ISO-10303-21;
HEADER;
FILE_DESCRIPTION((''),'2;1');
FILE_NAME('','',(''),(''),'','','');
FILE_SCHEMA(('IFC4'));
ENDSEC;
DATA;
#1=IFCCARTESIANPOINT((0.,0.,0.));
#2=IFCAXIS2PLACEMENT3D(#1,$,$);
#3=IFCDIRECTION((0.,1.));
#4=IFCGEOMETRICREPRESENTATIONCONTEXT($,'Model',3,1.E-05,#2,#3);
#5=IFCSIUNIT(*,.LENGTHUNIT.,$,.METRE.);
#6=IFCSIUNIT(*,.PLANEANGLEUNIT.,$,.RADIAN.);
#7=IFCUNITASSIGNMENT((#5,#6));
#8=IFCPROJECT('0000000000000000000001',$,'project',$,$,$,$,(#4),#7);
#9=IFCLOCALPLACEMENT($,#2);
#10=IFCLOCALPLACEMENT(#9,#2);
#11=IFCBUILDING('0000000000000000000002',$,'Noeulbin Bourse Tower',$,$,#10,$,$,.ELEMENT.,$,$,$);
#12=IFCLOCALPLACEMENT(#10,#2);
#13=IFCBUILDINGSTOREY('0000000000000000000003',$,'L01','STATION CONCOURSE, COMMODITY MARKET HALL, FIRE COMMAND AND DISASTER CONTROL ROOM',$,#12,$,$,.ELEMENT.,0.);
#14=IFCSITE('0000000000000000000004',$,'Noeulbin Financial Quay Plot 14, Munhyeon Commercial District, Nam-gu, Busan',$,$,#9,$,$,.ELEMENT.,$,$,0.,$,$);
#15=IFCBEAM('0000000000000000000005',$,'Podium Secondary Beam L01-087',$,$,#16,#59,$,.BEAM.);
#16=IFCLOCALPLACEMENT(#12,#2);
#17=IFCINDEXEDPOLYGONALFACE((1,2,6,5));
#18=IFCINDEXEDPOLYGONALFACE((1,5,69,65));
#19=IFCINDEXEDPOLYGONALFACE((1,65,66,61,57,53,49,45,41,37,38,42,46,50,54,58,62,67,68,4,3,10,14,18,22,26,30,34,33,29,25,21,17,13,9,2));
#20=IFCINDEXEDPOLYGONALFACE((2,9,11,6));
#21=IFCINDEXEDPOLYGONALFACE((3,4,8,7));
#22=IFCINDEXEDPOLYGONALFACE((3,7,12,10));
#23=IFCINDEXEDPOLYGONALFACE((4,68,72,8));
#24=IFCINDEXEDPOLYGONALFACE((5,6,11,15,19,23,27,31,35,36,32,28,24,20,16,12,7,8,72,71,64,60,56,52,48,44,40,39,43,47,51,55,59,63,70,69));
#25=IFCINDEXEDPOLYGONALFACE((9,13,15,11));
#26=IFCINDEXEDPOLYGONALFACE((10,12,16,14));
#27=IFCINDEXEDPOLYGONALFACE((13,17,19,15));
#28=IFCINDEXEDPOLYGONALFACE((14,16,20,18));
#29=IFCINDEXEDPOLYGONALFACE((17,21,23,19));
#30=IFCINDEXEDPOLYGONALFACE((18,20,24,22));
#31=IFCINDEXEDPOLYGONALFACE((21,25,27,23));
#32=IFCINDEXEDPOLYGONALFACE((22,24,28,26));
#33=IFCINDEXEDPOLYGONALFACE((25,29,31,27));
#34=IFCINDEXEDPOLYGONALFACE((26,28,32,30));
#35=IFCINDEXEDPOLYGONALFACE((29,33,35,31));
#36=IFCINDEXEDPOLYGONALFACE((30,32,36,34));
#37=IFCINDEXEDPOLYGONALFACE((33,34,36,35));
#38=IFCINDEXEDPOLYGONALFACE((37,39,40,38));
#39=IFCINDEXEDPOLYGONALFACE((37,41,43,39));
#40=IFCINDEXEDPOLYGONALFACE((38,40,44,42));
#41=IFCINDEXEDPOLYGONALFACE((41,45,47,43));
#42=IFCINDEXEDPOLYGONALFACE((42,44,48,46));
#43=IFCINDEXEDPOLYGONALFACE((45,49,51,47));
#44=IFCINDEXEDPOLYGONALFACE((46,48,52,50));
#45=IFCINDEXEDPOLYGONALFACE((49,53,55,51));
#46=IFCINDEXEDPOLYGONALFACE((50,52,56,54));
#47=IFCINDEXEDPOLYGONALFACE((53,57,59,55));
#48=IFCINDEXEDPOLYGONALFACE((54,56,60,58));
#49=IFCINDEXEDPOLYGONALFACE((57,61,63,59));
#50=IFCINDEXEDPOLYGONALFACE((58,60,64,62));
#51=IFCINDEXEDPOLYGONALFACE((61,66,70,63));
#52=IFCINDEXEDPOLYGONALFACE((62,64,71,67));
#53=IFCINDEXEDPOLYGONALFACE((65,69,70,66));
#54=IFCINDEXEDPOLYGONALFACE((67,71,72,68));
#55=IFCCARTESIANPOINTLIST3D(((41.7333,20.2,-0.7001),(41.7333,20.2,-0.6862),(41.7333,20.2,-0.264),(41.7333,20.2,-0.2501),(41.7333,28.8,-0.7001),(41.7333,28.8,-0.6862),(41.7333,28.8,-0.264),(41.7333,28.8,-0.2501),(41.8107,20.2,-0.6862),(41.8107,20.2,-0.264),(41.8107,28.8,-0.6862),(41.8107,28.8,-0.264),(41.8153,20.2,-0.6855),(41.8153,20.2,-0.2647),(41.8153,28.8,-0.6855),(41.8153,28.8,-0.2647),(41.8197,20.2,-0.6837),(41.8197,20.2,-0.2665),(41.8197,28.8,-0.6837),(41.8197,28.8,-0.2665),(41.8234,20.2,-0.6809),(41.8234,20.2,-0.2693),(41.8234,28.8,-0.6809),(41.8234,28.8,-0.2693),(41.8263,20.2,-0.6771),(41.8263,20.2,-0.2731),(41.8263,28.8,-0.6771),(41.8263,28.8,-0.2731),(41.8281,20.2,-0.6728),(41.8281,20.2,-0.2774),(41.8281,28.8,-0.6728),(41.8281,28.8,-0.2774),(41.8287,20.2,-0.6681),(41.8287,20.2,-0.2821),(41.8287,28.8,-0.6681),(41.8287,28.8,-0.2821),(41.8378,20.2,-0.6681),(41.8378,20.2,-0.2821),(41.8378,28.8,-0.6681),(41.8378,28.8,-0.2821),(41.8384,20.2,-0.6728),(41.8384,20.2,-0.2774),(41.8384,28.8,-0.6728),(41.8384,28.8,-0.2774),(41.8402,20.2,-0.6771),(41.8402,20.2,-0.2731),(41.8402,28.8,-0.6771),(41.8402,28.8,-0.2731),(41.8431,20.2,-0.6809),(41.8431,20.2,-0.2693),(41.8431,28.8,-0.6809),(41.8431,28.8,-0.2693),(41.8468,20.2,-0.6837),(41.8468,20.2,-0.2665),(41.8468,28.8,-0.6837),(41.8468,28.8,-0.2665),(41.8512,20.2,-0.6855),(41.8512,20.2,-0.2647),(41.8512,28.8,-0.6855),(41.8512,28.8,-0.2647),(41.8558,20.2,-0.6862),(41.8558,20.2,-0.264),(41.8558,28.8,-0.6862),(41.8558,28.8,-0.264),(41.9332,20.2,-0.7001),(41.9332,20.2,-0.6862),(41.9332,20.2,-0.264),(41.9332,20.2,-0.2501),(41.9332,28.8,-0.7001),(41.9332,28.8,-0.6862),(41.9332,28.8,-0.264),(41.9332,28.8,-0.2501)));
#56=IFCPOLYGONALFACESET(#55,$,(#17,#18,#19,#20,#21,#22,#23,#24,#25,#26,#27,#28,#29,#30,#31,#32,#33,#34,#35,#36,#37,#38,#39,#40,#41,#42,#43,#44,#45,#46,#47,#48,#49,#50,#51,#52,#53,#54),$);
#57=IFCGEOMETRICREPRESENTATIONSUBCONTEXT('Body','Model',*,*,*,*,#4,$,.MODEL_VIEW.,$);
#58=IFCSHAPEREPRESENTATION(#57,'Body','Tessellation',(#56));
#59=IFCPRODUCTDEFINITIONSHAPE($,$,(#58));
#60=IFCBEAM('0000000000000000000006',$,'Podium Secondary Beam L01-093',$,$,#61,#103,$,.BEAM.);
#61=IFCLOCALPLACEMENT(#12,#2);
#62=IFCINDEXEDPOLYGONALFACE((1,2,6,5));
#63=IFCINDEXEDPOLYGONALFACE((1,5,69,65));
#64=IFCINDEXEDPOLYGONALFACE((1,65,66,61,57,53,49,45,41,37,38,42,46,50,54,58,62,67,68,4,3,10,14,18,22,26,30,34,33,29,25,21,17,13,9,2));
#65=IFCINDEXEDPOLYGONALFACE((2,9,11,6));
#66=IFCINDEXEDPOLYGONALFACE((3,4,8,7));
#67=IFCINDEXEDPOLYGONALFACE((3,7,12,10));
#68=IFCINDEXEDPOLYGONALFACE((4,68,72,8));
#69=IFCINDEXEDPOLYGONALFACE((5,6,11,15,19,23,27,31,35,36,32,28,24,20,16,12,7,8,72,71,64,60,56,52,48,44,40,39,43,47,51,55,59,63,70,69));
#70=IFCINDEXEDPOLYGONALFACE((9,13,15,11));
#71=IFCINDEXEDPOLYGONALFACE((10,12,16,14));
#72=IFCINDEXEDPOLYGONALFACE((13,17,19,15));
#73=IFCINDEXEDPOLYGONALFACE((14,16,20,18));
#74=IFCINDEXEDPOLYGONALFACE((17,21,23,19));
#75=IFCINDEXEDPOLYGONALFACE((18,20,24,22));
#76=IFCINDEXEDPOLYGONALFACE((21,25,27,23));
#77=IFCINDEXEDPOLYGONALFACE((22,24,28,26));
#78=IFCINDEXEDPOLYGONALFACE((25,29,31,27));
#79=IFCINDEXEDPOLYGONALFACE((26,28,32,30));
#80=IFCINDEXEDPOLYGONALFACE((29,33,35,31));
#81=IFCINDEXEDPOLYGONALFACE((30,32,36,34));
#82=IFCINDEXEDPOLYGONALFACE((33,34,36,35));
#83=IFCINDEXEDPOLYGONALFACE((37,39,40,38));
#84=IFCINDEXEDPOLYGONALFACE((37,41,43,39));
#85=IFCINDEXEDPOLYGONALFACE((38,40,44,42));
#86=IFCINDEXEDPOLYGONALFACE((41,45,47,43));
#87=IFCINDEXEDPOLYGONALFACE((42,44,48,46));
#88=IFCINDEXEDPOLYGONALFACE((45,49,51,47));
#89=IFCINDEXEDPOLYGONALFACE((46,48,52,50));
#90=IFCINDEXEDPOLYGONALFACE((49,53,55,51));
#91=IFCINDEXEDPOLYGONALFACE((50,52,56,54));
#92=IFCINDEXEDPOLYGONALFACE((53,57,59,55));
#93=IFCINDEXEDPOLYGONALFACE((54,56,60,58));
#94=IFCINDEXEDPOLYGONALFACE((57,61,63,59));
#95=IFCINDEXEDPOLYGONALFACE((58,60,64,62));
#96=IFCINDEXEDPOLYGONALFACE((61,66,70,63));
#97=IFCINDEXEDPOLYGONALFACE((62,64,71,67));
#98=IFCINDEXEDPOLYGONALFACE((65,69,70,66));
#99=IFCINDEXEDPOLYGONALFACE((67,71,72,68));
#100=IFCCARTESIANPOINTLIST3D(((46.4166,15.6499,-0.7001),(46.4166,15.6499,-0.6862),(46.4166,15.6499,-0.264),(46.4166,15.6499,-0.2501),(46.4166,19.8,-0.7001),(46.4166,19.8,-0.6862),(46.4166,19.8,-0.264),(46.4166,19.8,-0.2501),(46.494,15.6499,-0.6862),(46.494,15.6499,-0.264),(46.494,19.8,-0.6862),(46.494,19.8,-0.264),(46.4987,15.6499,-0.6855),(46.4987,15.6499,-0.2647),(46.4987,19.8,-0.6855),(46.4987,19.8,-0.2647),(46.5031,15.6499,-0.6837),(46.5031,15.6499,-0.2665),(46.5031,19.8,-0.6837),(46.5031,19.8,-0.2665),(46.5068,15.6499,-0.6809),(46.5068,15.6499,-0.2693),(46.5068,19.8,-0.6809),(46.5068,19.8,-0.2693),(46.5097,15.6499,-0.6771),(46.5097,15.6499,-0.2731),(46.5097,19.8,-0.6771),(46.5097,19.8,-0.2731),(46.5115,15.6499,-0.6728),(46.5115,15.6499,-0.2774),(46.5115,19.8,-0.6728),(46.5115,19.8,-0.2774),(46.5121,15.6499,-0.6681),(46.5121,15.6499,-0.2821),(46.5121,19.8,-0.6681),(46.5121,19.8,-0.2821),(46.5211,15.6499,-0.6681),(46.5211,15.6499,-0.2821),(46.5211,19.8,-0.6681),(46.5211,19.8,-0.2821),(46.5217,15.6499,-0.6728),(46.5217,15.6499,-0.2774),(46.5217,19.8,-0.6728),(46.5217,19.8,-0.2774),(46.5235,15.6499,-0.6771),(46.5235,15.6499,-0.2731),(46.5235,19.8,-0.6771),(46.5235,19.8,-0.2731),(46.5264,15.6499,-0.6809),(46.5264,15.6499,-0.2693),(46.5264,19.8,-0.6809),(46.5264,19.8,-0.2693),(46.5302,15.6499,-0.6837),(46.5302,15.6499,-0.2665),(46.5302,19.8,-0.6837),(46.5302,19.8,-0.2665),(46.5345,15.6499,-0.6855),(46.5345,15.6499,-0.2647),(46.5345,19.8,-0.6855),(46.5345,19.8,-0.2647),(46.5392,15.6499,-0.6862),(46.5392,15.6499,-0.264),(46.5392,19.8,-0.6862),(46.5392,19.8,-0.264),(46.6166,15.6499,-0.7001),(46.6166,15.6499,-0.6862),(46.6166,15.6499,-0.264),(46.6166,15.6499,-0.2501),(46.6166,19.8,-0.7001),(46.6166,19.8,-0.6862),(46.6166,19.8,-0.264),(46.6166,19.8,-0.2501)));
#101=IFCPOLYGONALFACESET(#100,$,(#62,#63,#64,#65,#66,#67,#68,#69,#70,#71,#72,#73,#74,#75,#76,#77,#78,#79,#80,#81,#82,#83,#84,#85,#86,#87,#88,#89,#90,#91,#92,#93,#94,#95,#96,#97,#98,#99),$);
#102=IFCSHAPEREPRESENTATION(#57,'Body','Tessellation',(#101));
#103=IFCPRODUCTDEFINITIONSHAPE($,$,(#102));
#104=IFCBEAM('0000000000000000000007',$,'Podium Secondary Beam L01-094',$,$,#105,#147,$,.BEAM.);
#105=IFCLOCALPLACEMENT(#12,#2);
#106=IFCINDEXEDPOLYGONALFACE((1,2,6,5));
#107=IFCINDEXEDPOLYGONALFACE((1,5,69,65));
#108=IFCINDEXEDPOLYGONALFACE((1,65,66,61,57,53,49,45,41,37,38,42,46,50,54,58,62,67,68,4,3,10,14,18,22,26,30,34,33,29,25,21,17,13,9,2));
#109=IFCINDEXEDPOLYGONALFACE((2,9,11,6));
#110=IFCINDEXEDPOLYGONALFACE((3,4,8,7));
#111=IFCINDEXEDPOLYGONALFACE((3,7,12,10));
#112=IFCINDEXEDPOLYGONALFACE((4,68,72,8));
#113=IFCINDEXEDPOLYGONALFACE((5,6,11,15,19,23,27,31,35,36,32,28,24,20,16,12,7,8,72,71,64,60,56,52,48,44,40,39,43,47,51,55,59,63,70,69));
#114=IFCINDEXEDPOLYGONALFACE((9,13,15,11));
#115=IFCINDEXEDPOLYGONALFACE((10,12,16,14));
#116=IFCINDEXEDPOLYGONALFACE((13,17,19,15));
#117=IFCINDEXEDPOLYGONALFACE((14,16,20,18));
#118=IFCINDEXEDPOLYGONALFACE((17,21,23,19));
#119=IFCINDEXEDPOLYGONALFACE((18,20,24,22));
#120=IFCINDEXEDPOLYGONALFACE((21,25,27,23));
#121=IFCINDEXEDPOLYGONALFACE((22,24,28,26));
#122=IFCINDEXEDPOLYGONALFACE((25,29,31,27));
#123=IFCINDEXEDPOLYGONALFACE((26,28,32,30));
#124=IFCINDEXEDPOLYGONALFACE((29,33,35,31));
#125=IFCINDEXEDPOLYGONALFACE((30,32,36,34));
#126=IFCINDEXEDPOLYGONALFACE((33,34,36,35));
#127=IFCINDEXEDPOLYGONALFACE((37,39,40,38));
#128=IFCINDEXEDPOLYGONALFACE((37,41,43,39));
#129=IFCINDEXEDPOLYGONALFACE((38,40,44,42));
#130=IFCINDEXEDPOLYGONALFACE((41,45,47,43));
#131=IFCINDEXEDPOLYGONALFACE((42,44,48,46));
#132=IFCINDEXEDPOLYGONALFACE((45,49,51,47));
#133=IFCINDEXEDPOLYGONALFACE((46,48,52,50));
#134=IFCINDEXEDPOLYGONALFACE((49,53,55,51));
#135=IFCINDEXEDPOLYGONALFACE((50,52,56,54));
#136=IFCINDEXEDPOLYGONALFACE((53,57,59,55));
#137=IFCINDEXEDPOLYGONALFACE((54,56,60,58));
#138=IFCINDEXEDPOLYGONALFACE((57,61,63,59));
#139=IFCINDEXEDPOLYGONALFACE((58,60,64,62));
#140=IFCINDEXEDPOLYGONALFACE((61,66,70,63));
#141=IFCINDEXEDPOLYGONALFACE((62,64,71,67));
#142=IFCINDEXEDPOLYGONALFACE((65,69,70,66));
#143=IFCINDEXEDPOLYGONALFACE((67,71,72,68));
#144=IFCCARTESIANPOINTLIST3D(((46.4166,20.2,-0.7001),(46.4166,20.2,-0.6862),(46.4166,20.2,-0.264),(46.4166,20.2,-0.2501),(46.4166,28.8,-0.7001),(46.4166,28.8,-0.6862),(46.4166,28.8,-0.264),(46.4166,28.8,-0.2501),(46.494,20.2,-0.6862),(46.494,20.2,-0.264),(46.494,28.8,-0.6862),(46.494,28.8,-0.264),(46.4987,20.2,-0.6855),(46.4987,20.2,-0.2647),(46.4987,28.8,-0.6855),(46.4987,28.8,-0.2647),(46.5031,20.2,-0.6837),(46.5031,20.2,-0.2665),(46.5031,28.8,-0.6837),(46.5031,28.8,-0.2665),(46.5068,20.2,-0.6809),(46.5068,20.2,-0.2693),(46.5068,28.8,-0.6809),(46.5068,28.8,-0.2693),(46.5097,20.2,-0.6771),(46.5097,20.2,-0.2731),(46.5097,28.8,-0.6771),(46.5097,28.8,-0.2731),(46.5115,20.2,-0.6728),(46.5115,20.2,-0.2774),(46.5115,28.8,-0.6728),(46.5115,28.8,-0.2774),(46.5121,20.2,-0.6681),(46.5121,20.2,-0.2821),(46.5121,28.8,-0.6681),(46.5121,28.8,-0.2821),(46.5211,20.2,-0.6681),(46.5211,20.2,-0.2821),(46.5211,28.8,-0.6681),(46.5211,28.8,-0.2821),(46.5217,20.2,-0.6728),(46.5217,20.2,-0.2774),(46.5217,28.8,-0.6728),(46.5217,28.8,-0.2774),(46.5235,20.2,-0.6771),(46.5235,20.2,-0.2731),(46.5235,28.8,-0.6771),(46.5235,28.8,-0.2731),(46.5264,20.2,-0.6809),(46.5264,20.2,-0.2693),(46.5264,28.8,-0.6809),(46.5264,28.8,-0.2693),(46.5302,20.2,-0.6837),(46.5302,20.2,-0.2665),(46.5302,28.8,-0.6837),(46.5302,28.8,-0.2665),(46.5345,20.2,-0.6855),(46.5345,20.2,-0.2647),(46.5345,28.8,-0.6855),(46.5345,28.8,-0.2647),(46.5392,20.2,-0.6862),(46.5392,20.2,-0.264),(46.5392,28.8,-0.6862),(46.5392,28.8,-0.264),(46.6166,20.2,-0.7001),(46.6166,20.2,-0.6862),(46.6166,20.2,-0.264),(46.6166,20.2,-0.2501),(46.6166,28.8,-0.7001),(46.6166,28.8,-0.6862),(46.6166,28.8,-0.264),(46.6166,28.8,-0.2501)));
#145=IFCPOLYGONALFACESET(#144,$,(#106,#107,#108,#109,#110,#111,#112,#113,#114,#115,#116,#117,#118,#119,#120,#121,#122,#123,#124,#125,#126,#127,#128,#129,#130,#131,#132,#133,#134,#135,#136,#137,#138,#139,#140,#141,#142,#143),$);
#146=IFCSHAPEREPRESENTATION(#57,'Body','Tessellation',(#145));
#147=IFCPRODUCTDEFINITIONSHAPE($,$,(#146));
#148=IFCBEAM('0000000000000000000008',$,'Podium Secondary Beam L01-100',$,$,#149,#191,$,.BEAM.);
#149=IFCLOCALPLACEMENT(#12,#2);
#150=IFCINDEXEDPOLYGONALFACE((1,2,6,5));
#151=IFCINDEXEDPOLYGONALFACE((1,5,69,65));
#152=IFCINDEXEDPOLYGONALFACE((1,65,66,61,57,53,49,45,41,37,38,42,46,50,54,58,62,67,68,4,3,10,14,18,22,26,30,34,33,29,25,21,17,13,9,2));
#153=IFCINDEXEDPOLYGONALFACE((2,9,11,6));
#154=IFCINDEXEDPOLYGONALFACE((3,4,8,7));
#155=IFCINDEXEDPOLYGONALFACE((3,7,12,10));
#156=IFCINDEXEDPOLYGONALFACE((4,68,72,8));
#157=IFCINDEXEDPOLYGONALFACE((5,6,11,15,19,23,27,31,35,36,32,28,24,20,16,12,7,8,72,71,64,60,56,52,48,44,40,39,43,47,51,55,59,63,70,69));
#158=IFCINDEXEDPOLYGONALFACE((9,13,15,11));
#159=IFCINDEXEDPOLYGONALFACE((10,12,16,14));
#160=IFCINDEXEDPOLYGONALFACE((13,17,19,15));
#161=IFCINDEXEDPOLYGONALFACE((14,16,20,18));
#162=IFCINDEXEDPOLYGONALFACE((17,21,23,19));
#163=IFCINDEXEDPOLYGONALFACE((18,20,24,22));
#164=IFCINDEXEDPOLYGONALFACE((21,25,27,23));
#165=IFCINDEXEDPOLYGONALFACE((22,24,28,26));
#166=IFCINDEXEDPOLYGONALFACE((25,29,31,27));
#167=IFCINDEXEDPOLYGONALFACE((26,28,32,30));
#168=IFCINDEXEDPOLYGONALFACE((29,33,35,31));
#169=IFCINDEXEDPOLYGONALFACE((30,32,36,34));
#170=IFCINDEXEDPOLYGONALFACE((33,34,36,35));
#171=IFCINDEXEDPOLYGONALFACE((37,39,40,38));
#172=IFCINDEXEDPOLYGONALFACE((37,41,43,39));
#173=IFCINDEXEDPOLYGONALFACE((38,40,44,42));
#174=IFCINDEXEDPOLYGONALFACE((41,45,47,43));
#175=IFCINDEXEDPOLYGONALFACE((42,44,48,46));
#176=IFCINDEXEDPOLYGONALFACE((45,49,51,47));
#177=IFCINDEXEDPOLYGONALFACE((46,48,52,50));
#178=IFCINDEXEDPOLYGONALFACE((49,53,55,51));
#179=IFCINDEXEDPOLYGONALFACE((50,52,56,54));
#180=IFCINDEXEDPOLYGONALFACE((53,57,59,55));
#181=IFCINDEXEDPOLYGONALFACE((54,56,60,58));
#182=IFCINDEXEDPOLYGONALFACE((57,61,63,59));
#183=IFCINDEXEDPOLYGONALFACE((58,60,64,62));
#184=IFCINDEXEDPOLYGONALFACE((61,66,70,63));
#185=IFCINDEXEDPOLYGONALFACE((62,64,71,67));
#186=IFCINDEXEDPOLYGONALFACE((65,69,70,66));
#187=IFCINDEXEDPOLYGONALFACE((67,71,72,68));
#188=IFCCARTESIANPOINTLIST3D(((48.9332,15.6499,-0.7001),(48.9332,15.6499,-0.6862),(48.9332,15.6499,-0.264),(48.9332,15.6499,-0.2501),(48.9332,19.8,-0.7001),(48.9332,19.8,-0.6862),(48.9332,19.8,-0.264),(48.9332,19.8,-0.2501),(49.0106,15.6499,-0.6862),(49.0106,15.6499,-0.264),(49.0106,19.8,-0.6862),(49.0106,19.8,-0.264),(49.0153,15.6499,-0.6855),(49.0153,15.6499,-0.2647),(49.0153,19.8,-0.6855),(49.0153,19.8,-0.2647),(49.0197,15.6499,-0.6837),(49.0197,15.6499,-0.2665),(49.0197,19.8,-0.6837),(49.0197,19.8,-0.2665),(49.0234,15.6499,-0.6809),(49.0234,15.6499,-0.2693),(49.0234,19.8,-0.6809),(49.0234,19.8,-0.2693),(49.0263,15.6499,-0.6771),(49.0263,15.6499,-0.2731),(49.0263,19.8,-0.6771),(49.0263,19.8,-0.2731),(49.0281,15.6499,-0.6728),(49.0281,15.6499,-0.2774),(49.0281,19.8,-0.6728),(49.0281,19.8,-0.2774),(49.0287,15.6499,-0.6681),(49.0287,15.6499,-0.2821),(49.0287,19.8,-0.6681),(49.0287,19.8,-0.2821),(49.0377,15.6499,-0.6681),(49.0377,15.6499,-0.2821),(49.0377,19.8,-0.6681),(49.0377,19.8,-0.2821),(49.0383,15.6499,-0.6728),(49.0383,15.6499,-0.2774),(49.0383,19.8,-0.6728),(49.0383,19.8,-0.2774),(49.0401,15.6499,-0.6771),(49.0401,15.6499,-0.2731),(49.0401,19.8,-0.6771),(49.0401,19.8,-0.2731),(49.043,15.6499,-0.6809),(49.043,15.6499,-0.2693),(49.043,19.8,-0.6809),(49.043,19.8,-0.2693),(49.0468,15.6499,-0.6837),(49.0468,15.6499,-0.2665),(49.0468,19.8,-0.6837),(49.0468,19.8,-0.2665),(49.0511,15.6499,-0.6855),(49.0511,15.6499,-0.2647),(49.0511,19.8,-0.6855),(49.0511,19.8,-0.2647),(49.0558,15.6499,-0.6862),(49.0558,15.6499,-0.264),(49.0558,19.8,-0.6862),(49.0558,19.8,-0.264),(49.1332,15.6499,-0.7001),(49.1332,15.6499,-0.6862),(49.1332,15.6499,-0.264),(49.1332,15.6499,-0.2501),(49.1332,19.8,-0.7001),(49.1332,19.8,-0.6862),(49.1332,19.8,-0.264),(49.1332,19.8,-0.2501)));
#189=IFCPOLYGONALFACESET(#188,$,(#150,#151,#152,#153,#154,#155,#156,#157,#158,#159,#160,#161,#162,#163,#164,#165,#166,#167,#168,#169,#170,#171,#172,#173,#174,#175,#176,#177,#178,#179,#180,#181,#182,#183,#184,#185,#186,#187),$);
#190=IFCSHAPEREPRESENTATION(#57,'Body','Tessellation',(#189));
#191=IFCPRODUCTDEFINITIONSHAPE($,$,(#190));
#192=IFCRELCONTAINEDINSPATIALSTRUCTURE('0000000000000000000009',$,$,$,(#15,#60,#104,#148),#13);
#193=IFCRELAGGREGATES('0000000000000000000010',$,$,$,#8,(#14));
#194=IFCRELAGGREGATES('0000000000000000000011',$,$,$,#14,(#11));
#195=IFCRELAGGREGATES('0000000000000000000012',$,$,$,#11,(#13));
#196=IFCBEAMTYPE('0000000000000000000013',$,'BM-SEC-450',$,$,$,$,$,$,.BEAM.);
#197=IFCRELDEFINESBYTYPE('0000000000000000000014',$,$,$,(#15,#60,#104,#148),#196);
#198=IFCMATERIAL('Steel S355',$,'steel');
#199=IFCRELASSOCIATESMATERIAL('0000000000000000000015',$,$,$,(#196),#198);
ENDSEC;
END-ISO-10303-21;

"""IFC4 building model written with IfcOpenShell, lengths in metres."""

from ifc_helpers import new_model, si_unit, direction, frame, origin, origin_2d, place, context, subcontext, project, spatial, i_section, extrude, material, material_profile, profile_set, type_object, element, save


model = new_model("IFC4")

# Units and contexts
model_context = context("Model", 3, precision=1e-05, world=origin(), true_north=direction((0.0, 1.0)))
body_context = subcontext(model_context, "Body", "Model", "MODEL_VIEW")
ifc_project = project(units=[si_unit("LENGTHUNIT", "METRE"), si_unit("PLANEANGLEUNIT", "RADIAN")], contexts=[model_context])

# Site, building, storey
site_placement = place(None, origin())
site = spatial("IfcSite", under=ifc_project, at=site_placement, Name="Noeulbin Financial Quay Plot 14, Munhyeon Commercial District, Nam-gu, Busan", CompositionType="ELEMENT", RefElevation=0.0)
building_placement = place(site_placement, origin())
building = spatial("IfcBuilding", under=site, at=building_placement, Name="Noeulbin Bourse Tower", CompositionType="ELEMENT")
storey_placement = place(building_placement, origin())
storey = spatial("IfcBuildingStorey", under=building, at=storey_placement, Name="L01", Description="STATION CONCOURSE, COMMODITY MARKET HALL, FIRE COMMAND AND DISASTER CONTROL ROOM", CompositionType="ELEMENT", Elevation=0.0)

# Beams
ifc_material_1 = material(Name="Steel S355", Category="steel")
ifc_material_profile_1 = material_profile(ifc_material_1, i_section(OverallWidth=0.2, OverallDepth=0.45, WebThickness=0.009, FlangeThickness=0.0139, FilletRadius=0.0181, at=origin_2d()), Name="H-450x200x9x14", Category="LoadBearing")
ifc_profile_set_1 = profile_set([ifc_material_profile_1], Name="Steel S355")
beam_type_1 = type_object("IfcBeamType", Name="BM-SEC-450", PredefinedType="BEAM", material=ifc_profile_set_1)
beam_1_placement = place(storey_placement, frame((41.8333, 20.2, -0.4751), z_axis=(0.0, 1.0, 0.0), x_axis=(-1.0, 0.0, 0.0)))
element("IfcBeam", 1, at=beam_1_placement, inside=storey, type_object=beam_type_1, Name="Podium Secondary Beam L01-087", PredefinedType="BEAM", context=body_context, shape_type="SweptSolid", body=[
    extrude(i_section(OverallWidth=0.2, OverallDepth=0.45, WebThickness=0.009, FlangeThickness=0.0139, FilletRadius=0.0181, at=origin_2d()), origin(), (0.0, 0.0, 1.0), 8.6001),
])
beam_2_placement = place(storey_placement, frame((46.5166, 15.6499, -0.4751), z_axis=(0.0, 1.0, 0.0), x_axis=(-1.0, 0.0, 0.0)))
element("IfcBeam", 2, at=beam_2_placement, inside=storey, type_object=beam_type_1, Name="Podium Secondary Beam L01-093", PredefinedType="BEAM", context=body_context, shape_type="SweptSolid", body=[
    extrude(i_section(OverallWidth=0.2, OverallDepth=0.45, WebThickness=0.009, FlangeThickness=0.0139, FilletRadius=0.0181, at=origin_2d()), origin(), (0.0, 0.0, 1.0), 4.1501),
])
beam_3_placement = place(storey_placement, frame((46.5166, 20.2, -0.4751), z_axis=(0.0, 1.0, 0.0), x_axis=(-1.0, 0.0, 0.0)))
element("IfcBeam", 3, at=beam_3_placement, inside=storey, type_object=beam_type_1, Name="Podium Secondary Beam L01-094", PredefinedType="BEAM", context=body_context, shape_type="SweptSolid", body=[
    extrude(i_section(OverallWidth=0.2, OverallDepth=0.45, WebThickness=0.009, FlangeThickness=0.0139, FilletRadius=0.0181, at=origin_2d()), origin(), (0.0, 0.0, 1.0), 8.6001),
])
beam_4_placement = place(storey_placement, frame((49.0332, 15.6499, -0.4751), z_axis=(0.0, 1.0, 0.0), x_axis=(-1.0, 0.0, 0.0)))
element("IfcBeam", 4, at=beam_4_placement, inside=storey, type_object=beam_type_1, Name="Podium Secondary Beam L01-100", PredefinedType="BEAM", context=body_context, shape_type="SweptSolid", body=[
    extrude(i_section(OverallWidth=0.2, OverallDepth=0.45, WebThickness=0.009, FlangeThickness=0.0139, FilletRadius=0.0181, at=origin_2d()), origin(), (0.0, 0.0, 1.0), 4.1501),
])

save(model, "model.ifc")
